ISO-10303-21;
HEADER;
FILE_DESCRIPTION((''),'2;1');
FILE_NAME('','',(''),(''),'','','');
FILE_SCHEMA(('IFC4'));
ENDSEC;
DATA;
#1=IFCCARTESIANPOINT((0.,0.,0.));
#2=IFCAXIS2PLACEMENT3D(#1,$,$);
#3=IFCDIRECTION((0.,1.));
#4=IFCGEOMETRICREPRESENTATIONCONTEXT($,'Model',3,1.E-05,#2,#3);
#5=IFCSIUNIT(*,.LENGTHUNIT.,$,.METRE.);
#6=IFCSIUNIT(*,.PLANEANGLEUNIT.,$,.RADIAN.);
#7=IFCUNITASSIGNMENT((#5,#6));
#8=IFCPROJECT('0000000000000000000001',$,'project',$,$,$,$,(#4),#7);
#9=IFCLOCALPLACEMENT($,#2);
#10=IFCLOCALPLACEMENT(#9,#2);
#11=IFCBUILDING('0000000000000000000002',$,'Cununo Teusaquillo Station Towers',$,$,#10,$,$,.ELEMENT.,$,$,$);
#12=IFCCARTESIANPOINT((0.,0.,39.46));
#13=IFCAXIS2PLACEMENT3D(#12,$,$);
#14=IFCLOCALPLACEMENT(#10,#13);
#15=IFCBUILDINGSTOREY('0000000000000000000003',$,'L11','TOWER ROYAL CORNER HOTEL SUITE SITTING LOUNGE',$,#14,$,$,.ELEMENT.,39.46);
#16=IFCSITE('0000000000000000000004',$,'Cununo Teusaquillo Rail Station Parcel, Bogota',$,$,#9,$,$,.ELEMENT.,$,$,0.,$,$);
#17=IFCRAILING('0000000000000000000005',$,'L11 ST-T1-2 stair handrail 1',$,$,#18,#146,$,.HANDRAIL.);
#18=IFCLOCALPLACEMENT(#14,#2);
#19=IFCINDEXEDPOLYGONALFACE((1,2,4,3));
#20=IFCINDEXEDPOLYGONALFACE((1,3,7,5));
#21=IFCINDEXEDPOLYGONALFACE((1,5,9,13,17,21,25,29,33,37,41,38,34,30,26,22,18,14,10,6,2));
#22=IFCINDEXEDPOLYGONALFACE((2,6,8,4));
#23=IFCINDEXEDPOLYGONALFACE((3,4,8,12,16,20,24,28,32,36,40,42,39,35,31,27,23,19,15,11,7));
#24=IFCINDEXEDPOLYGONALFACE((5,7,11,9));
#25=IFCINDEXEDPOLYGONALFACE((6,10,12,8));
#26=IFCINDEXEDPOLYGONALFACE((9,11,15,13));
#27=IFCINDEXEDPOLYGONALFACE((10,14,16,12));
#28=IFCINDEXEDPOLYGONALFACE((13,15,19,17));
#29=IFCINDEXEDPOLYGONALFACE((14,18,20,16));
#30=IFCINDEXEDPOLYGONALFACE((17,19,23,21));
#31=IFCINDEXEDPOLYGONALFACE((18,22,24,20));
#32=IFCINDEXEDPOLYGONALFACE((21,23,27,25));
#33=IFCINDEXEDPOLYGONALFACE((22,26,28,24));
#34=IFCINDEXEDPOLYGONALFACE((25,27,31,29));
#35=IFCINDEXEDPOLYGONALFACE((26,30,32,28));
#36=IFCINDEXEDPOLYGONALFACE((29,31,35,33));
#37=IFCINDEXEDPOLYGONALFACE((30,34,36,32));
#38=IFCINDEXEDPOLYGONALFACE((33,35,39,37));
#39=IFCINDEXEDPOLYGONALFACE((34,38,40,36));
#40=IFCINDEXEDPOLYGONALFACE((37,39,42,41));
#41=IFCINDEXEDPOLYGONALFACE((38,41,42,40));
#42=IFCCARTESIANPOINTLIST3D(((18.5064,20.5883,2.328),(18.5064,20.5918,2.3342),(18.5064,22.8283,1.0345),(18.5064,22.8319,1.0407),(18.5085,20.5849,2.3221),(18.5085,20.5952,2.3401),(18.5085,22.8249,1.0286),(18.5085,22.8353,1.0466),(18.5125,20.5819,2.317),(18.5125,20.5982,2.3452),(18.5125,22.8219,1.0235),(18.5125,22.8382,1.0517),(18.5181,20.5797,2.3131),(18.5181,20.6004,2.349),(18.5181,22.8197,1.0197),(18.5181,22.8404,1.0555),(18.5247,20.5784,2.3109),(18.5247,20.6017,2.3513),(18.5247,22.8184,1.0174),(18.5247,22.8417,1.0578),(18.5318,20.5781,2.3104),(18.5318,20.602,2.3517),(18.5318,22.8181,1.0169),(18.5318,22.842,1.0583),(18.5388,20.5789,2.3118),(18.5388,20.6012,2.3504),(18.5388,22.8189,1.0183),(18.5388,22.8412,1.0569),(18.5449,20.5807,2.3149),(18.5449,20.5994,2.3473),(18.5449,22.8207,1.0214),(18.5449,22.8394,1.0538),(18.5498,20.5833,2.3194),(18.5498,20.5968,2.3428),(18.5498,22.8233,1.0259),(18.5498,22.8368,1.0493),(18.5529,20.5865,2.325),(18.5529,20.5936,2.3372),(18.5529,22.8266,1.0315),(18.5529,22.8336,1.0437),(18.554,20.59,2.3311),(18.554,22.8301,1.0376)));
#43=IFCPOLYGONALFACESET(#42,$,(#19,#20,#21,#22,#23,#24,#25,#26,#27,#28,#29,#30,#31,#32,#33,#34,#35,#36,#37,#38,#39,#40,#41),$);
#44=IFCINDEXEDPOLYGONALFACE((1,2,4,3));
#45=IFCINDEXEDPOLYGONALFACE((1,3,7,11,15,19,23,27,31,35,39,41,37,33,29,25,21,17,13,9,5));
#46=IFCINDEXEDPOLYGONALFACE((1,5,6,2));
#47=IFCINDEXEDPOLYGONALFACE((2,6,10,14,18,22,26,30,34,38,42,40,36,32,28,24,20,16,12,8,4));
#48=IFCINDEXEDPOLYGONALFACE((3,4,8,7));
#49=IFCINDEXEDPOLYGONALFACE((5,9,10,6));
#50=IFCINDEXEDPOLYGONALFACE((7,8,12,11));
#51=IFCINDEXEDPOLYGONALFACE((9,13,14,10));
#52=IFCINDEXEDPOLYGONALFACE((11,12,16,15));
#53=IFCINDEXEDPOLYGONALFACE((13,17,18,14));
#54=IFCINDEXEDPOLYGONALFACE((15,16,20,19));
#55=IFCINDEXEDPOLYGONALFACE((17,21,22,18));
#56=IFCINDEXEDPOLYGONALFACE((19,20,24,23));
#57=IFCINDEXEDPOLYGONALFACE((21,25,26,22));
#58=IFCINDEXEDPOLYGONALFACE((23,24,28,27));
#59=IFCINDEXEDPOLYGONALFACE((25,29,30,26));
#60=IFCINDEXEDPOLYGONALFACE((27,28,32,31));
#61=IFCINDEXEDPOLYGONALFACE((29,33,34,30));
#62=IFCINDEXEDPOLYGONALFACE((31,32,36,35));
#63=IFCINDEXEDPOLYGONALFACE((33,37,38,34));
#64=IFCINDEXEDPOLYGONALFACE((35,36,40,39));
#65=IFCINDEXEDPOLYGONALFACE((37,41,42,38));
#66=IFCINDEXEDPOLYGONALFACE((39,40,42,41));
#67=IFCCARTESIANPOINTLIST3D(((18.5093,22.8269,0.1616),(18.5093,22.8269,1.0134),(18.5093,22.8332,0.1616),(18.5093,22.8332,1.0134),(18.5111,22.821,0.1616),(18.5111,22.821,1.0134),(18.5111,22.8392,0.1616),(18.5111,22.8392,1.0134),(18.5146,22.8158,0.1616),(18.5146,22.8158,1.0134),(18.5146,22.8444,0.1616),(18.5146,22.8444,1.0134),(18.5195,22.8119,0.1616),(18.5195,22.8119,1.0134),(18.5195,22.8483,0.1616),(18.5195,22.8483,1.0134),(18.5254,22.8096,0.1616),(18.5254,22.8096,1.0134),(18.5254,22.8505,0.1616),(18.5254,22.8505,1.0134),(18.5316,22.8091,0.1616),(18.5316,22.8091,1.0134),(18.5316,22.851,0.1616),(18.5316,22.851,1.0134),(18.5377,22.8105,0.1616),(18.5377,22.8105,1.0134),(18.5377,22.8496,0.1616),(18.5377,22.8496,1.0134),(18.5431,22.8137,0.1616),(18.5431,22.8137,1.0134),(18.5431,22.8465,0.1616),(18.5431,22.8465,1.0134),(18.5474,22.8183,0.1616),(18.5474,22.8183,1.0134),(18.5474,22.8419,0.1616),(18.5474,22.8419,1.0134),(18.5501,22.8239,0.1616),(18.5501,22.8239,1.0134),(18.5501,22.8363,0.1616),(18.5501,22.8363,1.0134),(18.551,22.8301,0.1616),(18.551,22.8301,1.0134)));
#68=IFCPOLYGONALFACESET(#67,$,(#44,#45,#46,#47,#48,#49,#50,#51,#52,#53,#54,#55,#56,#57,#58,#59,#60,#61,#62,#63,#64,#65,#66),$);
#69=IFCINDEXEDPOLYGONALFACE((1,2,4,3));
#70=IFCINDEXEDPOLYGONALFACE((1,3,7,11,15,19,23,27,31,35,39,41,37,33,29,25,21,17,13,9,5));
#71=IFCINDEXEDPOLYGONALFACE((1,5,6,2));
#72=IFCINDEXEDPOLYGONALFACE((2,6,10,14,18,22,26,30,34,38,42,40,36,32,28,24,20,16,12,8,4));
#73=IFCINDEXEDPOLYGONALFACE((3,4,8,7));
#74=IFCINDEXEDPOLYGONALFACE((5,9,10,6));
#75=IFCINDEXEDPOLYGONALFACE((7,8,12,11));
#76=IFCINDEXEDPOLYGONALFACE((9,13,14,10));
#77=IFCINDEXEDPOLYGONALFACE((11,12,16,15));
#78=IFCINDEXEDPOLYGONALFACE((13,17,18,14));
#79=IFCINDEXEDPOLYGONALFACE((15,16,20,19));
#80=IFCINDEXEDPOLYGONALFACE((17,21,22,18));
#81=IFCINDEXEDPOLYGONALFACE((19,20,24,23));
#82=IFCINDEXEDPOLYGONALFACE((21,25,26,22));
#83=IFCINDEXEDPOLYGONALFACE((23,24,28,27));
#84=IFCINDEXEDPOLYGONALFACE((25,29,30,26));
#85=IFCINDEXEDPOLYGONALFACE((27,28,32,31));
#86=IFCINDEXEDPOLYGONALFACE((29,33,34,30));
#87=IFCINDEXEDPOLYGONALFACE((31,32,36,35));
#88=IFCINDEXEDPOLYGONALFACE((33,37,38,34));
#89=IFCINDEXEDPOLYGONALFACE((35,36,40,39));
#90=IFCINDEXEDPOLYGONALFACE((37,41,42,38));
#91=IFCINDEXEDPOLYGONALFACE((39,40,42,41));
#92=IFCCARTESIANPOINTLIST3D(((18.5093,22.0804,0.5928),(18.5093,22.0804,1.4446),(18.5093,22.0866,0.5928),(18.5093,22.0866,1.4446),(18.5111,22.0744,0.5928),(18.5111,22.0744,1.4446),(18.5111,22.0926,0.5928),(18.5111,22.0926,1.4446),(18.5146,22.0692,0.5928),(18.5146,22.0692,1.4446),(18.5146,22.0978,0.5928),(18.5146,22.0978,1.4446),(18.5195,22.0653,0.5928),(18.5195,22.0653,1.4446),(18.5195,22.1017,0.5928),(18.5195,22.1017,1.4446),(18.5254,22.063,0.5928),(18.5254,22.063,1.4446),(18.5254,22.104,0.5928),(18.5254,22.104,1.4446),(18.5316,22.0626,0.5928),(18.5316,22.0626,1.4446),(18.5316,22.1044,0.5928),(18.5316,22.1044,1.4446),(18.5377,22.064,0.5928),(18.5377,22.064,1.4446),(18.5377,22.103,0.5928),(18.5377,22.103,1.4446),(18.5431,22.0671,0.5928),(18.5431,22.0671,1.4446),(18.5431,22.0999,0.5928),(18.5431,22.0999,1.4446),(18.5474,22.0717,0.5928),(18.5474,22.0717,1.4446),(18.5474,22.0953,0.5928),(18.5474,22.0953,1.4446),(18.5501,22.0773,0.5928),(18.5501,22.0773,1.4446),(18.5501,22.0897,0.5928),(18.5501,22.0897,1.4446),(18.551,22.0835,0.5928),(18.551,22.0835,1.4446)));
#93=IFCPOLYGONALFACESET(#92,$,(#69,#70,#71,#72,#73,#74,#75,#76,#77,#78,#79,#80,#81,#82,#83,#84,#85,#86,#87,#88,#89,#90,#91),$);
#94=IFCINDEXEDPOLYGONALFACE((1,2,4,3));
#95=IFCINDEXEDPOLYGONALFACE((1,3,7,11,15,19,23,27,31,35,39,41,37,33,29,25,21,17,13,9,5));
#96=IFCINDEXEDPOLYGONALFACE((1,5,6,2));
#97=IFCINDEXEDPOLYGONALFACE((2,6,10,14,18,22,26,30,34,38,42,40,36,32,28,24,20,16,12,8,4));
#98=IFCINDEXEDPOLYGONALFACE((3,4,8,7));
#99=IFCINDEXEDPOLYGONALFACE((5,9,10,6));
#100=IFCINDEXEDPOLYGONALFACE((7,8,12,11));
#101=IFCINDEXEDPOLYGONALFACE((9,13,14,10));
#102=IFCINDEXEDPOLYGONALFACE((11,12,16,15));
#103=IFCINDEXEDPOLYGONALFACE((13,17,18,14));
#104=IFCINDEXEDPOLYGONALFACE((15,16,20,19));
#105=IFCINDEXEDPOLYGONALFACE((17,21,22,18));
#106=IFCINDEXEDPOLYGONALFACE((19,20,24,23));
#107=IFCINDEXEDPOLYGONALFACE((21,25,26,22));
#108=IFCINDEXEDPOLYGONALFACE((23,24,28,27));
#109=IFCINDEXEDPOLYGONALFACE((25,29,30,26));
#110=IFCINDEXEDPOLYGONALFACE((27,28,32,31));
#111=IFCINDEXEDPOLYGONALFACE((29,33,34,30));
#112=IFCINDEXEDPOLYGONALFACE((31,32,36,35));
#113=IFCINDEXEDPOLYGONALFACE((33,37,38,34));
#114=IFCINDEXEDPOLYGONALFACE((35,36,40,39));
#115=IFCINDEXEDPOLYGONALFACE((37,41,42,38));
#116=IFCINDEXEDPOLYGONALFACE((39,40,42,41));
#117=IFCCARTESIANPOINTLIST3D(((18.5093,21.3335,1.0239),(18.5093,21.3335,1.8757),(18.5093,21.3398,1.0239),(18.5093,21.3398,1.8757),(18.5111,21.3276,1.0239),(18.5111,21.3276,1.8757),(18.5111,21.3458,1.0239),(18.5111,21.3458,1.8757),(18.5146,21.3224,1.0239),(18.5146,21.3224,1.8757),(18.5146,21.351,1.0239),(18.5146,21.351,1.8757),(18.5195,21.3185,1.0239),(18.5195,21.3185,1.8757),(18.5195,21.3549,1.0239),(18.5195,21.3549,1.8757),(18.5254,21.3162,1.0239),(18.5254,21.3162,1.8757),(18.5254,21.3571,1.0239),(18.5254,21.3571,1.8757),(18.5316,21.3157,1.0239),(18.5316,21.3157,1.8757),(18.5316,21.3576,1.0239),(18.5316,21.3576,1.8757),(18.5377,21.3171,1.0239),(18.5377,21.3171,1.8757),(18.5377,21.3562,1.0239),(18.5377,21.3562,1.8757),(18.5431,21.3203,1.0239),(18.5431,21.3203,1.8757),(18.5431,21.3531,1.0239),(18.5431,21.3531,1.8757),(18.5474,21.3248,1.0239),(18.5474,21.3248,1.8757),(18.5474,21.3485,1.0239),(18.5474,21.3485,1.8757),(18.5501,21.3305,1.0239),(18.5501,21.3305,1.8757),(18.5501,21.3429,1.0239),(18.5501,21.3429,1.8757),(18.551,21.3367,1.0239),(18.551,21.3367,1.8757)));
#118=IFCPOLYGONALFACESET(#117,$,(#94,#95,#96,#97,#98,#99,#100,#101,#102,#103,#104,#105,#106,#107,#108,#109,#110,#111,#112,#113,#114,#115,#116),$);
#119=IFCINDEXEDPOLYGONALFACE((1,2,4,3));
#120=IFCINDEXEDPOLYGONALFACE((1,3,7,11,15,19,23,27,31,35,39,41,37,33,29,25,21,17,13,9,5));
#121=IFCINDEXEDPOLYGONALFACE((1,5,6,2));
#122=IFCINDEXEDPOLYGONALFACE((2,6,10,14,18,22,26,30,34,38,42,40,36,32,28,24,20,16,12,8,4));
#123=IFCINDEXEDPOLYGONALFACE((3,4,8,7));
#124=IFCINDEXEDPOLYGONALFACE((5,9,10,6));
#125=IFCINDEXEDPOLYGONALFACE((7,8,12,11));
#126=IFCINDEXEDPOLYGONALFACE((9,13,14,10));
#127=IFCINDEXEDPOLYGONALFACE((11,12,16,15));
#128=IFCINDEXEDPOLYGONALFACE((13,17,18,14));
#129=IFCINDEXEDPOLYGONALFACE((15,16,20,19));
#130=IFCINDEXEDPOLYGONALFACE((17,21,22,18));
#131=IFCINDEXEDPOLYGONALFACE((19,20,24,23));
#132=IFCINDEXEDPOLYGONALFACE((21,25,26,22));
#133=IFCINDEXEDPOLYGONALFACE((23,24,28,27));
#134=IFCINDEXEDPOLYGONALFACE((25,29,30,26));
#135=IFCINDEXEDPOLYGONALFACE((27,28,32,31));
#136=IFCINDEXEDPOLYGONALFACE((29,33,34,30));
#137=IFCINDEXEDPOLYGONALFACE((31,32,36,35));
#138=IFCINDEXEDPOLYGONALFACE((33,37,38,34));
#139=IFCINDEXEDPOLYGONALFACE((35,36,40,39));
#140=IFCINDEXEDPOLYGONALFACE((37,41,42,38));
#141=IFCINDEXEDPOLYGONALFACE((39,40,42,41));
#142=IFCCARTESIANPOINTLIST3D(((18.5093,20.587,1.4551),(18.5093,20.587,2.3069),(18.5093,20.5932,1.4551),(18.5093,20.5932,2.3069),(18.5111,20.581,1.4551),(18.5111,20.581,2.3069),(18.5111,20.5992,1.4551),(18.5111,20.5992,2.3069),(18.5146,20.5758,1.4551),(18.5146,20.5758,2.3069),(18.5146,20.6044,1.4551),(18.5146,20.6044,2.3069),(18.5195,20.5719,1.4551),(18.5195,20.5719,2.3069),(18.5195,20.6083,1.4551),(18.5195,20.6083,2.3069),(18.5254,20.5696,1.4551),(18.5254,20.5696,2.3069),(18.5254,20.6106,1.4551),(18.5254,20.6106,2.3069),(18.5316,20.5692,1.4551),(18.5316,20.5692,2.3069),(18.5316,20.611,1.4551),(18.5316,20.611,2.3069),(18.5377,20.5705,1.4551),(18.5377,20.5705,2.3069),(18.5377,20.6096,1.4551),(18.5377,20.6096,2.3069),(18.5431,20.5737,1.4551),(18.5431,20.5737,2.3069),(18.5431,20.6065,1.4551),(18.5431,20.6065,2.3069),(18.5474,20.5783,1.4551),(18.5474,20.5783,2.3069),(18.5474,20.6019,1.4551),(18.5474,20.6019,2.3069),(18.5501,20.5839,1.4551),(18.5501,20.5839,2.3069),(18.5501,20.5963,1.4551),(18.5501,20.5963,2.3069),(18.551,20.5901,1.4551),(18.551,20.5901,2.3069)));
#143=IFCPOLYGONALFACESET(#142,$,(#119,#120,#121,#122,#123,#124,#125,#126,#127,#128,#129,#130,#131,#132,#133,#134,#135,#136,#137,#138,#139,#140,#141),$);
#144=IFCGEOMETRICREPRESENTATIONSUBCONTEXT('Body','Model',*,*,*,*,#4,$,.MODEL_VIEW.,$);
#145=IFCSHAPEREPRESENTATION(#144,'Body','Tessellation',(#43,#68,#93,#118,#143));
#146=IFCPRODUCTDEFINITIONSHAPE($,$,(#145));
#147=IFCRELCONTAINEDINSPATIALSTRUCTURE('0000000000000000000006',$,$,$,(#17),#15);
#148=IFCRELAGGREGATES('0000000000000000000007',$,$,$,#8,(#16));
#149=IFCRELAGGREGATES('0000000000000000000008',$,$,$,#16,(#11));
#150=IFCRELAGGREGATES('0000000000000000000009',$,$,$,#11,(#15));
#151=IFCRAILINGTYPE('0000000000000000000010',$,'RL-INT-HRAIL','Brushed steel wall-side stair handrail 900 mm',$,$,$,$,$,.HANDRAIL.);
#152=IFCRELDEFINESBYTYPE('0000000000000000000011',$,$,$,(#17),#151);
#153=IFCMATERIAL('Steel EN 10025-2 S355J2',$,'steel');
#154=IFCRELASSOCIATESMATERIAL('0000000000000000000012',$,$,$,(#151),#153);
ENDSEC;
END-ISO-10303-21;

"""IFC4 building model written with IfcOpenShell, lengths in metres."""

from ifc_helpers import new_model, si_unit, direction, frame, origin, origin_2d, place, context, subcontext, project, spatial, circle, extrude, material, type_object, element, save


model = new_model("IFC4")

# Units and contexts
model_context = context("Model", 3, precision=1e-05, world=origin(), true_north=direction((0.0, 1.0)))
body_context = subcontext(model_context, "Body", "Model", "MODEL_VIEW")
ifc_project = project(units=[si_unit("LENGTHUNIT", "METRE"), si_unit("PLANEANGLEUNIT", "RADIAN")], contexts=[model_context])

# Site, building, storey
site_placement = place(None, origin())
site = spatial("IfcSite", under=ifc_project, at=site_placement, Name="Cununo Teusaquillo Rail Station Parcel, Bogota", CompositionType="ELEMENT", RefElevation=0.0)
building_placement = place(site_placement, origin())
building = spatial("IfcBuilding", under=site, at=building_placement, Name="Cununo Teusaquillo Station Towers", CompositionType="ELEMENT")
storey_placement = place(building_placement, frame((0.0, 0.0, 39.46)))
storey = spatial("IfcBuildingStorey", under=building, at=storey_placement, Name="L11", Description="TOWER ROYAL CORNER HOTEL SUITE SITTING LOUNGE", CompositionType="ELEMENT", Elevation=39.46)

# Railing
ifc_material_1 = material(Name="Steel EN 10025-2 S355J2", Category="steel")
railing_type_1 = type_object("IfcRailingType", Name="RL-INT-HRAIL", Description="Brushed steel wall-side stair handrail 900 mm", PredefinedType="HANDRAIL", material=ifc_material_1)
railing_1_placement = place(storey_placement, frame((18.53, 22.8301, 0.1616)))
element("IfcRailing", 1, at=railing_1_placement, inside=storey, type_object=railing_type_1, Name="L11 ST-T1-2 stair handrail 1", PredefinedType="HANDRAIL", context=body_context, shape_type="SweptSolid", body=[
    extrude(circle(Radius=0.0239, at=origin_2d()), frame((0.0, 0.0, 0.876), z_axis=(0.0, -0.865992, 0.500057), x_axis=(1.0, 0.0, 0.0)), (0.0, 0.0, 1.0), 2.5867),
    extrude(circle(Radius=0.021, at=origin_2d()), origin(), (0.0, 0.0, 1.0), 0.8518),
    extrude(circle(Radius=0.021, at=origin_2d()), frame((0.0, -0.7466, 0.4312)), (0.0, 0.0, 1.0), 0.8518),
    extrude(circle(Radius=0.021, at=origin_2d()), frame((0.0, -1.4934, 0.8623)), (0.0, 0.0, 1.0), 0.8518),
    extrude(circle(Radius=0.021, at=origin_2d()), frame((0.0, -2.24, 1.2935)), (0.0, 0.0, 1.0), 0.8518),
])

save(model, "model.ifc")
